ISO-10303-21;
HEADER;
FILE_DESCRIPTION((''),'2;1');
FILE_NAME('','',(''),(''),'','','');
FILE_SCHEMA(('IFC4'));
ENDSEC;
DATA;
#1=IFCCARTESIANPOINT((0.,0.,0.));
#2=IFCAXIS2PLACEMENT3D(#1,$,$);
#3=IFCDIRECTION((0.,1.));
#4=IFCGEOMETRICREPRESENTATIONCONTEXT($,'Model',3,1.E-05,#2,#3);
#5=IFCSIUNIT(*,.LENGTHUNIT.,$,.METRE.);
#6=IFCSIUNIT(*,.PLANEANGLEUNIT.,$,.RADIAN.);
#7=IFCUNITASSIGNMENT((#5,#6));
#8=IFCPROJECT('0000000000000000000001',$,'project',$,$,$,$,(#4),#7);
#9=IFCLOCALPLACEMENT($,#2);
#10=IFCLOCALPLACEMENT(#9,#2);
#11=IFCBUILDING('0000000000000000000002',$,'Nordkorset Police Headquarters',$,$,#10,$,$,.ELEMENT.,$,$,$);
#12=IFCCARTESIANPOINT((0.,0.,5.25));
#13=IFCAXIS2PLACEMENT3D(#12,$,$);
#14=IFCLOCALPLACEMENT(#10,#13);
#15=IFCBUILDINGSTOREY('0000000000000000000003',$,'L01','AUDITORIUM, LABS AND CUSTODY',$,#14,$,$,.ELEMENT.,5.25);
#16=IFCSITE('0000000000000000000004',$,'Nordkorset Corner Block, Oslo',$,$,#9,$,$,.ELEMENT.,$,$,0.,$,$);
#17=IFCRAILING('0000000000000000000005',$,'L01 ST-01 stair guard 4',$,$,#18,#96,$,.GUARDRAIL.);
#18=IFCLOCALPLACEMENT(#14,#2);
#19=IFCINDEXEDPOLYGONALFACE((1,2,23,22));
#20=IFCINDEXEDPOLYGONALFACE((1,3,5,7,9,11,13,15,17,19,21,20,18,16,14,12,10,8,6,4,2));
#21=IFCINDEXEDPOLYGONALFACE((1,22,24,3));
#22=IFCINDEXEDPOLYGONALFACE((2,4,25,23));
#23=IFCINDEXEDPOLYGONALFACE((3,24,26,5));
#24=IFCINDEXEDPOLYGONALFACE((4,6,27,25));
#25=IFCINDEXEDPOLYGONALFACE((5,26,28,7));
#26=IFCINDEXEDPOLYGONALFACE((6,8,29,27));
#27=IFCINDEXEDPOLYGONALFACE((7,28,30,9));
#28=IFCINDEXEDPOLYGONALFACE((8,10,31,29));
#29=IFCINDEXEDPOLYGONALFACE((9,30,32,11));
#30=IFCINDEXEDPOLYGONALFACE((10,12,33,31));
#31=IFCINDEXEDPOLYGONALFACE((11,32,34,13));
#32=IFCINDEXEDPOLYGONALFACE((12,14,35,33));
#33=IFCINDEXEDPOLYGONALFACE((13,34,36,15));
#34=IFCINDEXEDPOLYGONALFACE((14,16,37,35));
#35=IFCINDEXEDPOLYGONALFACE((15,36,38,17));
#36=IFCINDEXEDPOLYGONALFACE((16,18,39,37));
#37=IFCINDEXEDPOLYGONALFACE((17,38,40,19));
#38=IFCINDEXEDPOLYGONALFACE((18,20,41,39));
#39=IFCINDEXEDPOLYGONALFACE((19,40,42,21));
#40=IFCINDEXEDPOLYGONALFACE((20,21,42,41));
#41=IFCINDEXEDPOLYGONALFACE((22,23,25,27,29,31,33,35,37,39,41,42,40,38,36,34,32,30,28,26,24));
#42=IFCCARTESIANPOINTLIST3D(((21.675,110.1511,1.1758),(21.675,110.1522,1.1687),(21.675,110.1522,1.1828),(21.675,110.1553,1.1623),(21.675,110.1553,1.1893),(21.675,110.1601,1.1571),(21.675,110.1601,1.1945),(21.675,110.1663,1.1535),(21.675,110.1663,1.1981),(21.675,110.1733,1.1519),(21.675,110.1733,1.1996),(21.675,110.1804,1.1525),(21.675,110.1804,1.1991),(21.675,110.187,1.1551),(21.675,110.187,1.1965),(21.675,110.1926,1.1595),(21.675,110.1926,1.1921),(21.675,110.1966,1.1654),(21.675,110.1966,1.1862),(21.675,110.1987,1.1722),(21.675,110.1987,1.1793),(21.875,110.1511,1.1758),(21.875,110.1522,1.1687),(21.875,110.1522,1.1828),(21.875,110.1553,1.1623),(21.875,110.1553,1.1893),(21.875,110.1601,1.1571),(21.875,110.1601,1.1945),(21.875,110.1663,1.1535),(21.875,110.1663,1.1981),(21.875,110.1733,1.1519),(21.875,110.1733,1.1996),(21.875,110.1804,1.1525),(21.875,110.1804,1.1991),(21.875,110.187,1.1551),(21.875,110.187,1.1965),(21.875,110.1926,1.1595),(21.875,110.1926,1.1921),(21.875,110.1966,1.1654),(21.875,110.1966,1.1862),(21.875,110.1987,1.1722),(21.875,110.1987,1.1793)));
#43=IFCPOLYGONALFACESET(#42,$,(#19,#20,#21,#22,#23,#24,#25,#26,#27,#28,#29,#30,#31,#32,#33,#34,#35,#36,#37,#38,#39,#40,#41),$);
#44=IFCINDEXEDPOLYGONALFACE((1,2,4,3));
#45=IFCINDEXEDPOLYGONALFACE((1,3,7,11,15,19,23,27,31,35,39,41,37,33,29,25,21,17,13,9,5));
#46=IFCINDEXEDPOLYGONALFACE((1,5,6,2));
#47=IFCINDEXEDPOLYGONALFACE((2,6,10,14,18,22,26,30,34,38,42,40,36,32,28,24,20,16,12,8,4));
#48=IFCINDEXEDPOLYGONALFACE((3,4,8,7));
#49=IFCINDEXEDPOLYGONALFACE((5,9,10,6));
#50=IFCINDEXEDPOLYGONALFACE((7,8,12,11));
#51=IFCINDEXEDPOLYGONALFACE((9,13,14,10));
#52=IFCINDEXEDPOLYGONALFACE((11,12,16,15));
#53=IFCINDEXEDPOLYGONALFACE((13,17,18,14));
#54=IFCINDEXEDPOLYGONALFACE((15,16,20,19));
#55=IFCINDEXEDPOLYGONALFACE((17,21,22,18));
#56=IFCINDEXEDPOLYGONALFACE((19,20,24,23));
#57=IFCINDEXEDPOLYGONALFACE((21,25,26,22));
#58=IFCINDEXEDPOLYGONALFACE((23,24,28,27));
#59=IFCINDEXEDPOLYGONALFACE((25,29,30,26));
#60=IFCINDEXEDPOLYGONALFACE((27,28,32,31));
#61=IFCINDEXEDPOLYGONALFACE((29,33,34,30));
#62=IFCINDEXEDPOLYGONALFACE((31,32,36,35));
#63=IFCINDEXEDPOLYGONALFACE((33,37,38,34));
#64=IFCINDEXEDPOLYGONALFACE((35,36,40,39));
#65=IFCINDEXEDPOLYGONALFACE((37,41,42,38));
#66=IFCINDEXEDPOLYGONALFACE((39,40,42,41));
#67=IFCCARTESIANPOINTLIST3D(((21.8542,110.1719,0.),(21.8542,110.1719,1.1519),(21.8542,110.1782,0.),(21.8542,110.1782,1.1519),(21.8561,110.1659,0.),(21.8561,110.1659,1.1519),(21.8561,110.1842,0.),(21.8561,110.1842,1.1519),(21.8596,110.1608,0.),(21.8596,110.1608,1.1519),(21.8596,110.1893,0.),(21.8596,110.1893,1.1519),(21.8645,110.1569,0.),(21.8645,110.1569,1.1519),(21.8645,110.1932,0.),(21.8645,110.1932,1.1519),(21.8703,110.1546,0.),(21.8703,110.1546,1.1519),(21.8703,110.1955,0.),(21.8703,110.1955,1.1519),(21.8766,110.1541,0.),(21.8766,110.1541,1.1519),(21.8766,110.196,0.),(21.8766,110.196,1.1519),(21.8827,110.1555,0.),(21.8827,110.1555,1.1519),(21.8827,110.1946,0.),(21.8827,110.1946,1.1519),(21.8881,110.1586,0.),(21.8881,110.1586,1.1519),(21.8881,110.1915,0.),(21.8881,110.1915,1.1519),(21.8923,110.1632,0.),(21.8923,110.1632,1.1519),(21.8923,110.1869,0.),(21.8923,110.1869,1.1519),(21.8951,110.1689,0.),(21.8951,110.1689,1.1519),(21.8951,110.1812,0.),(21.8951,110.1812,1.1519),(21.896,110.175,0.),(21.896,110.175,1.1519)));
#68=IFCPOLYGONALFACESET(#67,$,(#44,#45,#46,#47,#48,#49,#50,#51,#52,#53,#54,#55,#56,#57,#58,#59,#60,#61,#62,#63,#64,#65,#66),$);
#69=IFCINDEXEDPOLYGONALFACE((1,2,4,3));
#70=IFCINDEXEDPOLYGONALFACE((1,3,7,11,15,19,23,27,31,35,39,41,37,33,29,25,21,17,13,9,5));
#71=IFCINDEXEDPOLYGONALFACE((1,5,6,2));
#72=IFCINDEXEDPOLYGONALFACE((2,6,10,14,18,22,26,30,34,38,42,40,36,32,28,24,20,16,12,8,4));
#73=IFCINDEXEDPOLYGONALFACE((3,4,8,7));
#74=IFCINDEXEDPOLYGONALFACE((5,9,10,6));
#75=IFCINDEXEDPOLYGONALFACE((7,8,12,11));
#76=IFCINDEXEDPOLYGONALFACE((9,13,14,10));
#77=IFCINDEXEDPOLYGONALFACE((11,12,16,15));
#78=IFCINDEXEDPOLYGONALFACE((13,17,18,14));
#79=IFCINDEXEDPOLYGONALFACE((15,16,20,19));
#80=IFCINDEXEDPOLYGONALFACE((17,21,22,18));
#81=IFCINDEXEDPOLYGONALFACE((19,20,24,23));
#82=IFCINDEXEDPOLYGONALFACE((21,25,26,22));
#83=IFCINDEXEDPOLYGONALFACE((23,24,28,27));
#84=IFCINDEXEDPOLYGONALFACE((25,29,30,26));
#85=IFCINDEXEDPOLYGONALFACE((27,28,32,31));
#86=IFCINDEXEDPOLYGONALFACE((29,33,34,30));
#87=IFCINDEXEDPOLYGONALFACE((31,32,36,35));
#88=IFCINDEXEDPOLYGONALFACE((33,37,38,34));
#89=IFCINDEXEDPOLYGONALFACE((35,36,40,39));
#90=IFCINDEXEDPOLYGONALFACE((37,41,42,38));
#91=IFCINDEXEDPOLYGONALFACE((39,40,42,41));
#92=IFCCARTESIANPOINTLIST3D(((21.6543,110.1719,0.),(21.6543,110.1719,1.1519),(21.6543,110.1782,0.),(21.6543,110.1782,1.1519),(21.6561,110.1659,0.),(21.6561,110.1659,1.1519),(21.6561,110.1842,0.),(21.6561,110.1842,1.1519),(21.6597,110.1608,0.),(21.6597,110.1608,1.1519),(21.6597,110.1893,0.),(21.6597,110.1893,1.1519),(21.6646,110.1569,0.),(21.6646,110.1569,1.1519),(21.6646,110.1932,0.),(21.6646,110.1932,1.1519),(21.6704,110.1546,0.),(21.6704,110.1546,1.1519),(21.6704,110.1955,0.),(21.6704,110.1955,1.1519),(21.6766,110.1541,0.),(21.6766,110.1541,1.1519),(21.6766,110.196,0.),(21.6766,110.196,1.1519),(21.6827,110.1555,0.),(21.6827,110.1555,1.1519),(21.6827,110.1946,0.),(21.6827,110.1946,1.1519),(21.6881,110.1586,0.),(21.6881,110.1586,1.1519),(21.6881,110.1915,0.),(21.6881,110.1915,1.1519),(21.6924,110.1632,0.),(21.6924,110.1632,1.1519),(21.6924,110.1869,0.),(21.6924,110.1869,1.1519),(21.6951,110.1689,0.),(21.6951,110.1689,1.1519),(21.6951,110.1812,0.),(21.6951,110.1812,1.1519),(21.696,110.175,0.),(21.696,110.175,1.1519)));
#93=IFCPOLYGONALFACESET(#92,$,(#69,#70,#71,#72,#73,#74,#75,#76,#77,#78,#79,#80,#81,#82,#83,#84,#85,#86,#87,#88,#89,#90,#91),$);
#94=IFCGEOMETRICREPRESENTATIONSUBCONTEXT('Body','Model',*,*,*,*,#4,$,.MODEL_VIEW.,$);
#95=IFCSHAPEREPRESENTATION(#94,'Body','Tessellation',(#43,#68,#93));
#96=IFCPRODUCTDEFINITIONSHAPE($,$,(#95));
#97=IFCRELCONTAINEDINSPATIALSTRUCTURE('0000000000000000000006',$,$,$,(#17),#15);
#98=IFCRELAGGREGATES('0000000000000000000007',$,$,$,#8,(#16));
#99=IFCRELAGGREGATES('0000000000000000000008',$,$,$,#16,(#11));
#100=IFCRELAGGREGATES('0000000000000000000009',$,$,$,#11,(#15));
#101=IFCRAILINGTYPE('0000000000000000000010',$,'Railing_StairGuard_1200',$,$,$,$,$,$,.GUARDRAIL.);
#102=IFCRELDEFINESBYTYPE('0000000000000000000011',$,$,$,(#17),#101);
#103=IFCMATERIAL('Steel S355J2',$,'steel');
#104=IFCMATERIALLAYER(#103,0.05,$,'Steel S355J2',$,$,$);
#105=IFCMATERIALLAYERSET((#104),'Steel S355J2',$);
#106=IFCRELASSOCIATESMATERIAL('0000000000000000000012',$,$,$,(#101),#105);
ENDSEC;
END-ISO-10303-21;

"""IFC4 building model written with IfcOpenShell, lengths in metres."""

from ifc_helpers import new_model, si_unit, direction, frame, origin, origin_2d, place, context, subcontext, project, spatial, circle, extrude, material, layer, layer_set, type_object, element, save


model = new_model("IFC4")

# Units and contexts
model_context = context("Model", 3, precision=1e-05, world=origin(), true_north=direction((0.0, 1.0)))
body_context = subcontext(model_context, "Body", "Model", "MODEL_VIEW")
ifc_project = project(units=[si_unit("LENGTHUNIT", "METRE"), si_unit("PLANEANGLEUNIT", "RADIAN")], contexts=[model_context])

# Site, building, storey
site_placement = place(None, origin())
site = spatial("IfcSite", under=ifc_project, at=site_placement, Name="Nordkorset Corner Block, Oslo", CompositionType="ELEMENT", RefElevation=0.0)
building_placement = place(site_placement, origin())
building = spatial("IfcBuilding", under=site, at=building_placement, Name="Nordkorset Police Headquarters", CompositionType="ELEMENT")
storey_placement = place(building_placement, frame((0.0, 0.0, 5.25)))
storey = spatial("IfcBuildingStorey", under=building, at=storey_placement, Name="L01", Description="AUDITORIUM, LABS AND CUSTODY", CompositionType="ELEMENT", Elevation=5.25)

# Railing
ifc_material_1 = material(Name="Steel S355J2", Category="steel")
ifc_layer_1 = layer(ifc_material_1, 0.05, Name="Steel S355J2")
ifc_layer_set_1 = layer_set([ifc_layer_1], Name="Steel S355J2")
railing_type = type_object("IfcRailingType", Name="Railing_StairGuard_1200", PredefinedType="GUARDRAIL", material=ifc_layer_set_1)
railing_1_placement = place(storey_placement, frame((21.875, 110.175, 0.0)))
element("IfcRailing", 1, at=railing_1_placement, inside=storey, type_object=railing_type, Name="L01 ST-01 stair guard 4", PredefinedType="GUARDRAIL", context=body_context, shape_type="SweptSolid", body=[
    extrude(circle(Radius=0.0239, at=origin_2d()), frame((0.0, 0.0, 1.1758), z_axis=(-1.0, 0.0, 0.0), x_axis=(0.0, -1.0, 0.0)), (0.0, 0.0, 1.0), 0.2),
    extrude(circle(Radius=0.021, at=origin_2d()), origin(), (0.0, 0.0, 1.0), 1.1519),
    extrude(circle(Radius=0.021, at=origin_2d()), frame((-0.2, 0.0, 0.0)), (0.0, 0.0, 1.0), 1.1519),
])

save(model, "model.ifc")
